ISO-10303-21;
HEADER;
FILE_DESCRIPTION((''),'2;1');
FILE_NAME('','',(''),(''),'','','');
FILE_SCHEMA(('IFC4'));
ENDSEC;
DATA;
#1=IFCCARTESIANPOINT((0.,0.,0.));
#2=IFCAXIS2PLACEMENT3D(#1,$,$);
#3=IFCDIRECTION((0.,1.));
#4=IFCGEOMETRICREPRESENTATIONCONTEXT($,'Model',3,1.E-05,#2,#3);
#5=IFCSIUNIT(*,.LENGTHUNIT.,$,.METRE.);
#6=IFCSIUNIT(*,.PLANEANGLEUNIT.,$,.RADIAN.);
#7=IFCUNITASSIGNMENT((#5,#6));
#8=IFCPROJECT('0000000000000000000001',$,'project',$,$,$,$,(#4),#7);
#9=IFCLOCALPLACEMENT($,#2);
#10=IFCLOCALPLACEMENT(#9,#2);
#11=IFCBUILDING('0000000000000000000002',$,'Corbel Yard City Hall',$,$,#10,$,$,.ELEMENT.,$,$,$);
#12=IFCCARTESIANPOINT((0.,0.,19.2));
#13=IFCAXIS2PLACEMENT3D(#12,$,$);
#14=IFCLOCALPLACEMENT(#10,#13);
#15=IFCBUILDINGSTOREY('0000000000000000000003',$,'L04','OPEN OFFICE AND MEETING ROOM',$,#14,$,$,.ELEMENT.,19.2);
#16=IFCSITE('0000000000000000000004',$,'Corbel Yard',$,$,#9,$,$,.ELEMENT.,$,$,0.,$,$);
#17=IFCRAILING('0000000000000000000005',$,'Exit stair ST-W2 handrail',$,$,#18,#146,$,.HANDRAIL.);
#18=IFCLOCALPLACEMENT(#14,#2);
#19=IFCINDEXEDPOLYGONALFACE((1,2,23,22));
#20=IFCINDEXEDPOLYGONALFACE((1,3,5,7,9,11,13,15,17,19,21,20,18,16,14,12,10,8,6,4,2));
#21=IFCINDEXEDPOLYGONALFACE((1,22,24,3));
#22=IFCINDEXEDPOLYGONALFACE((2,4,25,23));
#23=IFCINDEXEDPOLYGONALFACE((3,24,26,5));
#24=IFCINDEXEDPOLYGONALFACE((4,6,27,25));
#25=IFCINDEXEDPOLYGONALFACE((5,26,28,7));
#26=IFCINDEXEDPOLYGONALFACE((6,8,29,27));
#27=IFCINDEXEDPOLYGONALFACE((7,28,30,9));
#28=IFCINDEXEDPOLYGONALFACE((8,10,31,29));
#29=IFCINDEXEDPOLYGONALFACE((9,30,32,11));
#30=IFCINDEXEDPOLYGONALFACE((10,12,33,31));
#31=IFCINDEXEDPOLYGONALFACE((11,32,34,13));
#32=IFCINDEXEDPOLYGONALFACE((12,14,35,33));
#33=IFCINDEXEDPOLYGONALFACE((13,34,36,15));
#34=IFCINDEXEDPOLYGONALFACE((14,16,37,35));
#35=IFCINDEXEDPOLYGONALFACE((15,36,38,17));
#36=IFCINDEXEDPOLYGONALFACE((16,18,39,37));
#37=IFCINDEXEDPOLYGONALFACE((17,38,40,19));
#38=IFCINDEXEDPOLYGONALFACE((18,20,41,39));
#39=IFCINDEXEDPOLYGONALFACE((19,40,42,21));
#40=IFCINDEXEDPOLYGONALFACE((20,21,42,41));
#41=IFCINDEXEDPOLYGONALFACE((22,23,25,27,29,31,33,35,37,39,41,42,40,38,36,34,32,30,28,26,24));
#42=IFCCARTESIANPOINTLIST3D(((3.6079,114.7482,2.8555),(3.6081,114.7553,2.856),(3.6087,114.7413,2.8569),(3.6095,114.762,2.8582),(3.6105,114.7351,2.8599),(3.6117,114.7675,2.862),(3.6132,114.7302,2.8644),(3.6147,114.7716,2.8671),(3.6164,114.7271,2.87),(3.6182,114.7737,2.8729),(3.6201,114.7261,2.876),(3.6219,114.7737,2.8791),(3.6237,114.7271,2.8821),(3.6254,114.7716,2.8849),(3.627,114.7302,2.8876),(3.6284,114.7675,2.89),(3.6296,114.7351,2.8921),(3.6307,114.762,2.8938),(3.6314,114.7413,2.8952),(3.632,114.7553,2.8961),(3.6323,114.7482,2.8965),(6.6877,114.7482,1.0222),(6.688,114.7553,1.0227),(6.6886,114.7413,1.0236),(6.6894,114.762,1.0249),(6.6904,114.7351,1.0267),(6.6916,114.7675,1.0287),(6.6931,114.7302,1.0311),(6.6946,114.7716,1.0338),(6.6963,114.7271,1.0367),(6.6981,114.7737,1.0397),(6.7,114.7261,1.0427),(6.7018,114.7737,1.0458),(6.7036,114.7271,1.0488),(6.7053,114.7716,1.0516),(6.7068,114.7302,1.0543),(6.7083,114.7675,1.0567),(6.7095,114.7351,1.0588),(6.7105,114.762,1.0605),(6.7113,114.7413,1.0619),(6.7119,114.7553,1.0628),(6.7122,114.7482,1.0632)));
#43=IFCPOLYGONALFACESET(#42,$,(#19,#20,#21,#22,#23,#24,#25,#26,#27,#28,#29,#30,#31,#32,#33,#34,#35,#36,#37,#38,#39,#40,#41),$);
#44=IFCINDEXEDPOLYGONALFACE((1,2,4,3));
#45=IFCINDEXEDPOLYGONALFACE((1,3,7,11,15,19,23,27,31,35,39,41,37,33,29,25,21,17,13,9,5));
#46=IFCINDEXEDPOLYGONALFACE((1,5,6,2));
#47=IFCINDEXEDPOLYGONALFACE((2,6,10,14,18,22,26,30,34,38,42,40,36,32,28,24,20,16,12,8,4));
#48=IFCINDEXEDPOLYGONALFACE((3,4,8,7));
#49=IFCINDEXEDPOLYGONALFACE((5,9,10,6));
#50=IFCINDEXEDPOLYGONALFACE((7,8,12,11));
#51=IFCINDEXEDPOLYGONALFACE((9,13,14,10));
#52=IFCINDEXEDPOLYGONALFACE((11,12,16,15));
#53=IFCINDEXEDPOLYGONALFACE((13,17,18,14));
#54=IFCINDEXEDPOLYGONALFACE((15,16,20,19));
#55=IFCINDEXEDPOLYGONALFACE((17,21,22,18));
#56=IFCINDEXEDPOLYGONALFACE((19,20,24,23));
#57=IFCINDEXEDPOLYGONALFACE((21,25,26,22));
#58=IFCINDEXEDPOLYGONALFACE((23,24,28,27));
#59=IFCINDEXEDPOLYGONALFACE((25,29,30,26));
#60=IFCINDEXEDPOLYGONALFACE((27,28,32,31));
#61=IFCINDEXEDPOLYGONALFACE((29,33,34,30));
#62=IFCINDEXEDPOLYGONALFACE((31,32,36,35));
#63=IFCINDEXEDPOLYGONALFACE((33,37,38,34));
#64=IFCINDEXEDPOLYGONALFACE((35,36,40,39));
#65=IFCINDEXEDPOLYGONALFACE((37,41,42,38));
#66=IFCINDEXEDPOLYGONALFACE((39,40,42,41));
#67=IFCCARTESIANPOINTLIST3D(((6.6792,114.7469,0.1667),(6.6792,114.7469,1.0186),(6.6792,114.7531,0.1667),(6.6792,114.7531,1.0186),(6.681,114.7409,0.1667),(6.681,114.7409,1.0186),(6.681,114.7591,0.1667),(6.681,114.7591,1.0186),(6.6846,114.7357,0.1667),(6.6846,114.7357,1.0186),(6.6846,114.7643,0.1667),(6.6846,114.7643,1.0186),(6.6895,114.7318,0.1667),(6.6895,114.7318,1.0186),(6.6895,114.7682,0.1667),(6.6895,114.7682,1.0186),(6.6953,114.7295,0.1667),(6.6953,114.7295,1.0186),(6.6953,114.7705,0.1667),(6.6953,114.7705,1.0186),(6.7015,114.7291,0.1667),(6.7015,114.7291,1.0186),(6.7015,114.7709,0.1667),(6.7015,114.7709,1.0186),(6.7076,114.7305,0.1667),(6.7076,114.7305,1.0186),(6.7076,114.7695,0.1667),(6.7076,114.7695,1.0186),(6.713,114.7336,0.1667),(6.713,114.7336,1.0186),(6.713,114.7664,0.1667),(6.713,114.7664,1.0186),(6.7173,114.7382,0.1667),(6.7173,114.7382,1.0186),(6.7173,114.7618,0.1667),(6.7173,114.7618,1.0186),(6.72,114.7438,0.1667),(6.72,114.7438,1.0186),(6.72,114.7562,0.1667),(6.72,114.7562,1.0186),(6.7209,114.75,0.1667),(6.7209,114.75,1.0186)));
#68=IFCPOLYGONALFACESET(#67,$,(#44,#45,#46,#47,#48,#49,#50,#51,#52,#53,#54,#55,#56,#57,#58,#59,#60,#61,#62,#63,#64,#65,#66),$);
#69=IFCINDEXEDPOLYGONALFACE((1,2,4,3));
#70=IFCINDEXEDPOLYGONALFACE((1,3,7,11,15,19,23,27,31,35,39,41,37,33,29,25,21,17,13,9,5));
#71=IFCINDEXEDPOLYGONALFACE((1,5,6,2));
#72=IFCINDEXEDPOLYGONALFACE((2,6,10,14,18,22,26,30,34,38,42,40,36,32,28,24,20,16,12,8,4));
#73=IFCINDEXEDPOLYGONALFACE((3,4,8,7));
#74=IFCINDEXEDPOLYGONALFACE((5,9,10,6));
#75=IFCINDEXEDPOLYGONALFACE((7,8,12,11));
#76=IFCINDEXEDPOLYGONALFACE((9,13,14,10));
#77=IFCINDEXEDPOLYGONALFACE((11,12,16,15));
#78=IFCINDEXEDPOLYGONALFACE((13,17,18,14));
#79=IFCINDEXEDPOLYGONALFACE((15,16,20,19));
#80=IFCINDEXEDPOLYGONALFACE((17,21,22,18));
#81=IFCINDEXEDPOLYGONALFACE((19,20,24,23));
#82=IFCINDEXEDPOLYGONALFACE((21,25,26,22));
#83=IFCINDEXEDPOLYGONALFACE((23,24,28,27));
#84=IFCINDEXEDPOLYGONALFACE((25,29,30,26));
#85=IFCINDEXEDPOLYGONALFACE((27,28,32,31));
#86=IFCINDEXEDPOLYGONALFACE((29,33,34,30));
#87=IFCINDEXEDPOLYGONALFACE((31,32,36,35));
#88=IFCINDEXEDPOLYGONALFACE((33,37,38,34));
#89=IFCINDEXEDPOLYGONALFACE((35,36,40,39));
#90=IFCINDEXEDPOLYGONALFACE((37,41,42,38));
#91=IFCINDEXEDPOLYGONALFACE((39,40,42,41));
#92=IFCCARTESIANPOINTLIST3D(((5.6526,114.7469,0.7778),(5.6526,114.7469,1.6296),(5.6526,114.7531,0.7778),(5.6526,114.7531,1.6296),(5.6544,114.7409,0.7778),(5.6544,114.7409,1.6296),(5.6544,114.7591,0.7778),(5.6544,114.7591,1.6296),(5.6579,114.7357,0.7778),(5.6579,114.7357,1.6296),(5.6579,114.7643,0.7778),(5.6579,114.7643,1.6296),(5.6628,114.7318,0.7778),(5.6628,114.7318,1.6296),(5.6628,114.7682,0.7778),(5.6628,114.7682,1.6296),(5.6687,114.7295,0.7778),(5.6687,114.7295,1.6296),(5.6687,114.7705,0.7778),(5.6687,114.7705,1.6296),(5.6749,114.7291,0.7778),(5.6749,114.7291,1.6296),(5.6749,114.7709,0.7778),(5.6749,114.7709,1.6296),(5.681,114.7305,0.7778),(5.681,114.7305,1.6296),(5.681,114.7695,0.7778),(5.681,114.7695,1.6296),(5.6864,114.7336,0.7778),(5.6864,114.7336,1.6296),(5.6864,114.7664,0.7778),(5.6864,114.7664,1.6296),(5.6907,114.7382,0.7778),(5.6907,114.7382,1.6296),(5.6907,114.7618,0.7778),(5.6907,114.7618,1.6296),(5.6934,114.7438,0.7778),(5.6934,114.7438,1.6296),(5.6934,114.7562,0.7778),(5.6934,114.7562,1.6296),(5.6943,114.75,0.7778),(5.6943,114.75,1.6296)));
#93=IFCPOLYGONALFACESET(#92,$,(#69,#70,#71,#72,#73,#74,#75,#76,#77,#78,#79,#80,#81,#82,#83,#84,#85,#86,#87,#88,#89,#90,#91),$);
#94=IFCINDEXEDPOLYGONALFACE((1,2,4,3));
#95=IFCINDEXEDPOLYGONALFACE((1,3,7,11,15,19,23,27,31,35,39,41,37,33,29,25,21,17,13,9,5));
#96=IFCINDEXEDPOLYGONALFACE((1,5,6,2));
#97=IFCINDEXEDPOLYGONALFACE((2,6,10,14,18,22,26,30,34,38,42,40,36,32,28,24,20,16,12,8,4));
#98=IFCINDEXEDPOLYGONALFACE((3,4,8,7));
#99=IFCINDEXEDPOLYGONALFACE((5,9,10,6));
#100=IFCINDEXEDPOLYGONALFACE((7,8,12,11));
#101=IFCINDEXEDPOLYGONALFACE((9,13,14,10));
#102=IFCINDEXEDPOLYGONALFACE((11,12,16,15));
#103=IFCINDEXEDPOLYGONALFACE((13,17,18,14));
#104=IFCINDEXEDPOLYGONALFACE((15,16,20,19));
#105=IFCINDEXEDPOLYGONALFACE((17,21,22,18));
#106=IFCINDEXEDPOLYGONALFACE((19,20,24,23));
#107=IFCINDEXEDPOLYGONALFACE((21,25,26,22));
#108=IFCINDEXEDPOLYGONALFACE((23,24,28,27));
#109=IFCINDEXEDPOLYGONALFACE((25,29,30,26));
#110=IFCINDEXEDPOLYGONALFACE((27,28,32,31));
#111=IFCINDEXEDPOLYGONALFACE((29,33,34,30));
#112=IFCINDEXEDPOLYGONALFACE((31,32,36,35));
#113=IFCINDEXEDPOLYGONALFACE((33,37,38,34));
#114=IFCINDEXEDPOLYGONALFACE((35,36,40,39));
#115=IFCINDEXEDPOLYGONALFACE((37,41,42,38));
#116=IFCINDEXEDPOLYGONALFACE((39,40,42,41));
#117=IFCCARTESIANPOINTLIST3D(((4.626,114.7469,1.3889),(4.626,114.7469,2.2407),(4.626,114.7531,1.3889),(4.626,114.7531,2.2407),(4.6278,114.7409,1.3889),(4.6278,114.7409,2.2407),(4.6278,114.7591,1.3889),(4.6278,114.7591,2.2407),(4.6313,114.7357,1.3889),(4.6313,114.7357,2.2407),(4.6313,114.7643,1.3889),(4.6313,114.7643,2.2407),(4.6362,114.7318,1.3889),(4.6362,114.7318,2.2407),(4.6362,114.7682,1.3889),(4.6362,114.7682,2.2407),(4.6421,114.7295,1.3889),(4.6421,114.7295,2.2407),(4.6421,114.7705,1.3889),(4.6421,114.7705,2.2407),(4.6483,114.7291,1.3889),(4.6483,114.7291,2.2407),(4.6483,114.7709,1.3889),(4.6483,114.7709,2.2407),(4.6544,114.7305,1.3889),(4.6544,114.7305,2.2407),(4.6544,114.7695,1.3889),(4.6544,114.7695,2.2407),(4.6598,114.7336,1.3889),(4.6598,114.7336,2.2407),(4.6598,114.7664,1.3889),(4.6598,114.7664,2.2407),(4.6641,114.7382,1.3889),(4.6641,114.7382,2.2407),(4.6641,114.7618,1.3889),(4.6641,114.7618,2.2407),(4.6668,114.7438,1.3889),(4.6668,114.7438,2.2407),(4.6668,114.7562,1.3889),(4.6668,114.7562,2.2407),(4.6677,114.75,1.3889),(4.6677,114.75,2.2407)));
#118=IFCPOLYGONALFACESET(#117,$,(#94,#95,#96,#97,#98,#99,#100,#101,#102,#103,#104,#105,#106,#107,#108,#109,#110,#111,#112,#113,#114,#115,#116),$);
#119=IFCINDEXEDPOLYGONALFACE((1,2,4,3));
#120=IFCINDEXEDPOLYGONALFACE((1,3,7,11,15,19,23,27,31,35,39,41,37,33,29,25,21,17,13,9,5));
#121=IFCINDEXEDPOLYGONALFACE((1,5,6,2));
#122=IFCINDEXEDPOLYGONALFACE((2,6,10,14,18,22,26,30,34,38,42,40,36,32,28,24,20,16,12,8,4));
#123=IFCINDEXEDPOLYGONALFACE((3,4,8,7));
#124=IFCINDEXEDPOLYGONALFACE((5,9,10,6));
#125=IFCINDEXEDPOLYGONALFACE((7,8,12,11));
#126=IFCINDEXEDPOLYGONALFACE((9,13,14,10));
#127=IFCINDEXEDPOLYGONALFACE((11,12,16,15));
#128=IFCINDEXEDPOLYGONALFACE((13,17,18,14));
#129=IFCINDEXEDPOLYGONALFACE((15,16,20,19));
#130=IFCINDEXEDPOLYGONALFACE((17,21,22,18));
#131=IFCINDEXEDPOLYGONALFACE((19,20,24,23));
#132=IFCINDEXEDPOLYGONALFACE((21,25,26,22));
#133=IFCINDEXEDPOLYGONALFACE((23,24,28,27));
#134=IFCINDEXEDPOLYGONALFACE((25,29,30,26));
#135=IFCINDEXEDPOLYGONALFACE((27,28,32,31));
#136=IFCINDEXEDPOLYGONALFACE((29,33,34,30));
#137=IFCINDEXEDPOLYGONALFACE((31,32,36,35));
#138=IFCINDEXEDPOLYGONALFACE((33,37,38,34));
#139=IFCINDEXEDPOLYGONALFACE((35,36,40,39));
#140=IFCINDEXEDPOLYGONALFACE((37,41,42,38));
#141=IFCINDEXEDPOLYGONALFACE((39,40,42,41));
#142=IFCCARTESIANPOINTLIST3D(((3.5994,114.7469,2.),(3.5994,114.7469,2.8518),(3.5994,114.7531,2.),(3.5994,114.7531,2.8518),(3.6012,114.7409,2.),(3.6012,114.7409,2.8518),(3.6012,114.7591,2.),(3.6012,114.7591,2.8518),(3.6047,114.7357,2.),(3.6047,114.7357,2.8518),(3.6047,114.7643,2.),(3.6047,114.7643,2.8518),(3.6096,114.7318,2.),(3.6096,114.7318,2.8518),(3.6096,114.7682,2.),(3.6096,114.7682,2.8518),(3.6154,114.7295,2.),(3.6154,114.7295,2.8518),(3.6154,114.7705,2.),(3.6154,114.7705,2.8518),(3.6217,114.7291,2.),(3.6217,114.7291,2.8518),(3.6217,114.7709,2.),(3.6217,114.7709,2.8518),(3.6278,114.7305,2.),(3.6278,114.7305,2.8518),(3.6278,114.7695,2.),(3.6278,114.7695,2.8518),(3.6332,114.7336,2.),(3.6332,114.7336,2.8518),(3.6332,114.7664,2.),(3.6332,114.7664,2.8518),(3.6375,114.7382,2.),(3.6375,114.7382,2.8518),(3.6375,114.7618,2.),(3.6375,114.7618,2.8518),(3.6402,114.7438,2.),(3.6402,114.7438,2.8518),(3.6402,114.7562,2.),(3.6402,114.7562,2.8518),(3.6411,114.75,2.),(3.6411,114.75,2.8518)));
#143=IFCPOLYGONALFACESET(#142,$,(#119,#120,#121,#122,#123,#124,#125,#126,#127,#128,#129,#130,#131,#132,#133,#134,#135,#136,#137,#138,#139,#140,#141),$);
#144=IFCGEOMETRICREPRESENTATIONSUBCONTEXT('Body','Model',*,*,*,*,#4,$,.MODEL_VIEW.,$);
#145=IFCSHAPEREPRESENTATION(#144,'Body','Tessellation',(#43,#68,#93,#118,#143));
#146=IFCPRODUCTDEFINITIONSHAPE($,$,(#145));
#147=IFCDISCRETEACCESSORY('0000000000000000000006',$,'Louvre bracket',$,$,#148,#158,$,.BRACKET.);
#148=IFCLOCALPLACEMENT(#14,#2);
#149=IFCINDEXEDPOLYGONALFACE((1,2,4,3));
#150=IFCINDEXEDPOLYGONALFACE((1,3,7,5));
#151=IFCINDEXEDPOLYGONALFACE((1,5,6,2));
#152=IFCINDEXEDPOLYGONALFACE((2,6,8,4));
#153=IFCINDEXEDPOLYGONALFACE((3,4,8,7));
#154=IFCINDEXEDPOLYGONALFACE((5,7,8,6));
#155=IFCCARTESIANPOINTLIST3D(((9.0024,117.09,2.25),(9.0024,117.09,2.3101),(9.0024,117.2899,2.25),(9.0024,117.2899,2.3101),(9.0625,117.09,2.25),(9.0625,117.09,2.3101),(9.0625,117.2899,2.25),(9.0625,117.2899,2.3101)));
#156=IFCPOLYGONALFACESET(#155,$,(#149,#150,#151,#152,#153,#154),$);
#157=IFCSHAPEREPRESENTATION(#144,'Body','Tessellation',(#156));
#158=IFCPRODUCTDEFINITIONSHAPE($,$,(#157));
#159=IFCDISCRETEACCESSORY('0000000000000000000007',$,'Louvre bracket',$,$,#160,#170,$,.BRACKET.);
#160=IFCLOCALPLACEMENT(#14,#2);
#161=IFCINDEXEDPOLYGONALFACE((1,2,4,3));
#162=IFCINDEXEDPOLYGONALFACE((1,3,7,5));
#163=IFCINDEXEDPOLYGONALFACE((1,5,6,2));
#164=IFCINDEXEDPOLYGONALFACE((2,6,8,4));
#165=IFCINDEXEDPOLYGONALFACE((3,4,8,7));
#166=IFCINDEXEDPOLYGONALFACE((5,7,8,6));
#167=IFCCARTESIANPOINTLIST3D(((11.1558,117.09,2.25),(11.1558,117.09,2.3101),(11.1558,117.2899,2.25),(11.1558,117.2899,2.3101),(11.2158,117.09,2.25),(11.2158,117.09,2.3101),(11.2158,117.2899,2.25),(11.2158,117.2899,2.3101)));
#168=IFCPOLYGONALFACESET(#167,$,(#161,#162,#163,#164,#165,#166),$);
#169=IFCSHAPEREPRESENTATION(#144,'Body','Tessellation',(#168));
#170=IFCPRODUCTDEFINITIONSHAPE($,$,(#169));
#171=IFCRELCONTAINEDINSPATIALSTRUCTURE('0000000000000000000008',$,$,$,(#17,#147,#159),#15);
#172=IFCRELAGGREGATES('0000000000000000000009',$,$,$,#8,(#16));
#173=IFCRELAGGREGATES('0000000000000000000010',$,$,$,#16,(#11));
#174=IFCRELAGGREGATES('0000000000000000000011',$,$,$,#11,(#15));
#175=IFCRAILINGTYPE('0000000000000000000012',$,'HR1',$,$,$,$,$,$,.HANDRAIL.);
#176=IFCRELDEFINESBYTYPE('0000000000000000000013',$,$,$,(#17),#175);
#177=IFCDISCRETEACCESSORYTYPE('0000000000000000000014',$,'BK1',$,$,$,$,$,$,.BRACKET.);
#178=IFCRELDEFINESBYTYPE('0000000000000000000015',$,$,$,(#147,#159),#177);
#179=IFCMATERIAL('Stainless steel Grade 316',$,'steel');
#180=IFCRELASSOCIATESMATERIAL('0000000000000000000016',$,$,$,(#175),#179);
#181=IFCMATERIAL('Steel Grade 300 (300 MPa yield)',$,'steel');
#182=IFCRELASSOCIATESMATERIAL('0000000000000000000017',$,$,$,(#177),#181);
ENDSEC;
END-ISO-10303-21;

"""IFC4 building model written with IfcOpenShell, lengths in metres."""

from ifc_helpers import new_model, si_unit, direction, frame, origin, origin_2d, place, context, subcontext, project, spatial, rectangle, circle, extrude, material, type_object, element, save


model = new_model("IFC4")

# Units and contexts
model_context = context("Model", 3, precision=1e-05, world=origin(), true_north=direction((0.0, 1.0)))
body_context = subcontext(model_context, "Body", "Model", "MODEL_VIEW")
ifc_project = project(units=[si_unit("LENGTHUNIT", "METRE"), si_unit("PLANEANGLEUNIT", "RADIAN")], contexts=[model_context])

# Site, building, storey
site_placement = place(None, origin())
site = spatial("IfcSite", under=ifc_project, at=site_placement, Name="Corbel Yard", CompositionType="ELEMENT", RefElevation=0.0)
building_placement = place(site_placement, origin())
building = spatial("IfcBuilding", under=site, at=building_placement, Name="Corbel Yard City Hall", CompositionType="ELEMENT")
storey_placement = place(building_placement, frame((0.0, 0.0, 19.2)))
storey = spatial("IfcBuildingStorey", under=building, at=storey_placement, Name="L04", Description="OPEN OFFICE AND MEETING ROOM", CompositionType="ELEMENT", Elevation=19.2)

# Railing
ifc_material_1 = material(Name="Stainless steel Grade 316", Category="steel")
railing_type = type_object("IfcRailingType", Name="HR1", PredefinedType="HANDRAIL", material=ifc_material_1)
for number, where, name in (
    (1, (6.7, 114.75, 0.1667), "Exit stair ST-W2 handrail"),
):
    element("IfcRailing", number, at=place(storey_placement, frame(where)), inside=storey, type_object=railing_type, Name=name, PredefinedType="HANDRAIL", context=body_context, shape_type="SweptSolid", body=[
        extrude(circle(Radius=0.0239, at=origin_2d()), frame((0.0, 0.0, 0.876), z_axis=(-0.859291, 0.0, 0.511487), x_axis=(0.0, -1.0, 0.0)), (0.0, 0.0, 1.0), 3.5842),
        extrude(circle(Radius=0.021, at=origin_2d()), origin(), (0.0, 0.0, 1.0), 0.8518),
        extrude(circle(Radius=0.021, at=origin_2d()), frame((-1.0266, 0.0, 0.6111)), (0.0, 0.0, 1.0), 0.8518),
        extrude(circle(Radius=0.021, at=origin_2d()), frame((-2.0532, 0.0, 1.2222)), (0.0, 0.0, 1.0), 0.8518),
        extrude(circle(Radius=0.021, at=origin_2d()), frame((-3.0798, 0.0, 1.8333)), (0.0, 0.0, 1.0), 0.8518),
    ])

# Discrete accessories
ifc_material_2 = material(Name="Steel Grade 300 (300 MPa yield)", Category="steel")
discrete_accessory_type = type_object("IfcDiscreteAccessoryType", Name="BK1", PredefinedType="BRACKET", material=ifc_material_2)
for number, where, z_axis, x_axis, name in (
    (2, (9.0325, 117.1899, 2.25), (0.0, 0.0, 1.0), (1.0, 0.0, 0.0), "Louvre bracket"),
    (3, (11.1858, 117.1899, 2.25), (0.0, 0.0, 1.0), (1.0, 0.0, 0.0), "Louvre bracket"),
):
    element("IfcDiscreteAccessory", number, at=place(storey_placement, frame(where, z_axis=z_axis, x_axis=x_axis)), inside=storey, type_object=discrete_accessory_type, Name=name, PredefinedType="BRACKET", context=body_context, shape_type="SweptSolid", body=[
        extrude(rectangle(XDim=0.0601, YDim=0.2, at=origin_2d()), origin(), (0.0, 0.0, 1.0), 0.0601),
    ])

save(model, "model.ifc")
